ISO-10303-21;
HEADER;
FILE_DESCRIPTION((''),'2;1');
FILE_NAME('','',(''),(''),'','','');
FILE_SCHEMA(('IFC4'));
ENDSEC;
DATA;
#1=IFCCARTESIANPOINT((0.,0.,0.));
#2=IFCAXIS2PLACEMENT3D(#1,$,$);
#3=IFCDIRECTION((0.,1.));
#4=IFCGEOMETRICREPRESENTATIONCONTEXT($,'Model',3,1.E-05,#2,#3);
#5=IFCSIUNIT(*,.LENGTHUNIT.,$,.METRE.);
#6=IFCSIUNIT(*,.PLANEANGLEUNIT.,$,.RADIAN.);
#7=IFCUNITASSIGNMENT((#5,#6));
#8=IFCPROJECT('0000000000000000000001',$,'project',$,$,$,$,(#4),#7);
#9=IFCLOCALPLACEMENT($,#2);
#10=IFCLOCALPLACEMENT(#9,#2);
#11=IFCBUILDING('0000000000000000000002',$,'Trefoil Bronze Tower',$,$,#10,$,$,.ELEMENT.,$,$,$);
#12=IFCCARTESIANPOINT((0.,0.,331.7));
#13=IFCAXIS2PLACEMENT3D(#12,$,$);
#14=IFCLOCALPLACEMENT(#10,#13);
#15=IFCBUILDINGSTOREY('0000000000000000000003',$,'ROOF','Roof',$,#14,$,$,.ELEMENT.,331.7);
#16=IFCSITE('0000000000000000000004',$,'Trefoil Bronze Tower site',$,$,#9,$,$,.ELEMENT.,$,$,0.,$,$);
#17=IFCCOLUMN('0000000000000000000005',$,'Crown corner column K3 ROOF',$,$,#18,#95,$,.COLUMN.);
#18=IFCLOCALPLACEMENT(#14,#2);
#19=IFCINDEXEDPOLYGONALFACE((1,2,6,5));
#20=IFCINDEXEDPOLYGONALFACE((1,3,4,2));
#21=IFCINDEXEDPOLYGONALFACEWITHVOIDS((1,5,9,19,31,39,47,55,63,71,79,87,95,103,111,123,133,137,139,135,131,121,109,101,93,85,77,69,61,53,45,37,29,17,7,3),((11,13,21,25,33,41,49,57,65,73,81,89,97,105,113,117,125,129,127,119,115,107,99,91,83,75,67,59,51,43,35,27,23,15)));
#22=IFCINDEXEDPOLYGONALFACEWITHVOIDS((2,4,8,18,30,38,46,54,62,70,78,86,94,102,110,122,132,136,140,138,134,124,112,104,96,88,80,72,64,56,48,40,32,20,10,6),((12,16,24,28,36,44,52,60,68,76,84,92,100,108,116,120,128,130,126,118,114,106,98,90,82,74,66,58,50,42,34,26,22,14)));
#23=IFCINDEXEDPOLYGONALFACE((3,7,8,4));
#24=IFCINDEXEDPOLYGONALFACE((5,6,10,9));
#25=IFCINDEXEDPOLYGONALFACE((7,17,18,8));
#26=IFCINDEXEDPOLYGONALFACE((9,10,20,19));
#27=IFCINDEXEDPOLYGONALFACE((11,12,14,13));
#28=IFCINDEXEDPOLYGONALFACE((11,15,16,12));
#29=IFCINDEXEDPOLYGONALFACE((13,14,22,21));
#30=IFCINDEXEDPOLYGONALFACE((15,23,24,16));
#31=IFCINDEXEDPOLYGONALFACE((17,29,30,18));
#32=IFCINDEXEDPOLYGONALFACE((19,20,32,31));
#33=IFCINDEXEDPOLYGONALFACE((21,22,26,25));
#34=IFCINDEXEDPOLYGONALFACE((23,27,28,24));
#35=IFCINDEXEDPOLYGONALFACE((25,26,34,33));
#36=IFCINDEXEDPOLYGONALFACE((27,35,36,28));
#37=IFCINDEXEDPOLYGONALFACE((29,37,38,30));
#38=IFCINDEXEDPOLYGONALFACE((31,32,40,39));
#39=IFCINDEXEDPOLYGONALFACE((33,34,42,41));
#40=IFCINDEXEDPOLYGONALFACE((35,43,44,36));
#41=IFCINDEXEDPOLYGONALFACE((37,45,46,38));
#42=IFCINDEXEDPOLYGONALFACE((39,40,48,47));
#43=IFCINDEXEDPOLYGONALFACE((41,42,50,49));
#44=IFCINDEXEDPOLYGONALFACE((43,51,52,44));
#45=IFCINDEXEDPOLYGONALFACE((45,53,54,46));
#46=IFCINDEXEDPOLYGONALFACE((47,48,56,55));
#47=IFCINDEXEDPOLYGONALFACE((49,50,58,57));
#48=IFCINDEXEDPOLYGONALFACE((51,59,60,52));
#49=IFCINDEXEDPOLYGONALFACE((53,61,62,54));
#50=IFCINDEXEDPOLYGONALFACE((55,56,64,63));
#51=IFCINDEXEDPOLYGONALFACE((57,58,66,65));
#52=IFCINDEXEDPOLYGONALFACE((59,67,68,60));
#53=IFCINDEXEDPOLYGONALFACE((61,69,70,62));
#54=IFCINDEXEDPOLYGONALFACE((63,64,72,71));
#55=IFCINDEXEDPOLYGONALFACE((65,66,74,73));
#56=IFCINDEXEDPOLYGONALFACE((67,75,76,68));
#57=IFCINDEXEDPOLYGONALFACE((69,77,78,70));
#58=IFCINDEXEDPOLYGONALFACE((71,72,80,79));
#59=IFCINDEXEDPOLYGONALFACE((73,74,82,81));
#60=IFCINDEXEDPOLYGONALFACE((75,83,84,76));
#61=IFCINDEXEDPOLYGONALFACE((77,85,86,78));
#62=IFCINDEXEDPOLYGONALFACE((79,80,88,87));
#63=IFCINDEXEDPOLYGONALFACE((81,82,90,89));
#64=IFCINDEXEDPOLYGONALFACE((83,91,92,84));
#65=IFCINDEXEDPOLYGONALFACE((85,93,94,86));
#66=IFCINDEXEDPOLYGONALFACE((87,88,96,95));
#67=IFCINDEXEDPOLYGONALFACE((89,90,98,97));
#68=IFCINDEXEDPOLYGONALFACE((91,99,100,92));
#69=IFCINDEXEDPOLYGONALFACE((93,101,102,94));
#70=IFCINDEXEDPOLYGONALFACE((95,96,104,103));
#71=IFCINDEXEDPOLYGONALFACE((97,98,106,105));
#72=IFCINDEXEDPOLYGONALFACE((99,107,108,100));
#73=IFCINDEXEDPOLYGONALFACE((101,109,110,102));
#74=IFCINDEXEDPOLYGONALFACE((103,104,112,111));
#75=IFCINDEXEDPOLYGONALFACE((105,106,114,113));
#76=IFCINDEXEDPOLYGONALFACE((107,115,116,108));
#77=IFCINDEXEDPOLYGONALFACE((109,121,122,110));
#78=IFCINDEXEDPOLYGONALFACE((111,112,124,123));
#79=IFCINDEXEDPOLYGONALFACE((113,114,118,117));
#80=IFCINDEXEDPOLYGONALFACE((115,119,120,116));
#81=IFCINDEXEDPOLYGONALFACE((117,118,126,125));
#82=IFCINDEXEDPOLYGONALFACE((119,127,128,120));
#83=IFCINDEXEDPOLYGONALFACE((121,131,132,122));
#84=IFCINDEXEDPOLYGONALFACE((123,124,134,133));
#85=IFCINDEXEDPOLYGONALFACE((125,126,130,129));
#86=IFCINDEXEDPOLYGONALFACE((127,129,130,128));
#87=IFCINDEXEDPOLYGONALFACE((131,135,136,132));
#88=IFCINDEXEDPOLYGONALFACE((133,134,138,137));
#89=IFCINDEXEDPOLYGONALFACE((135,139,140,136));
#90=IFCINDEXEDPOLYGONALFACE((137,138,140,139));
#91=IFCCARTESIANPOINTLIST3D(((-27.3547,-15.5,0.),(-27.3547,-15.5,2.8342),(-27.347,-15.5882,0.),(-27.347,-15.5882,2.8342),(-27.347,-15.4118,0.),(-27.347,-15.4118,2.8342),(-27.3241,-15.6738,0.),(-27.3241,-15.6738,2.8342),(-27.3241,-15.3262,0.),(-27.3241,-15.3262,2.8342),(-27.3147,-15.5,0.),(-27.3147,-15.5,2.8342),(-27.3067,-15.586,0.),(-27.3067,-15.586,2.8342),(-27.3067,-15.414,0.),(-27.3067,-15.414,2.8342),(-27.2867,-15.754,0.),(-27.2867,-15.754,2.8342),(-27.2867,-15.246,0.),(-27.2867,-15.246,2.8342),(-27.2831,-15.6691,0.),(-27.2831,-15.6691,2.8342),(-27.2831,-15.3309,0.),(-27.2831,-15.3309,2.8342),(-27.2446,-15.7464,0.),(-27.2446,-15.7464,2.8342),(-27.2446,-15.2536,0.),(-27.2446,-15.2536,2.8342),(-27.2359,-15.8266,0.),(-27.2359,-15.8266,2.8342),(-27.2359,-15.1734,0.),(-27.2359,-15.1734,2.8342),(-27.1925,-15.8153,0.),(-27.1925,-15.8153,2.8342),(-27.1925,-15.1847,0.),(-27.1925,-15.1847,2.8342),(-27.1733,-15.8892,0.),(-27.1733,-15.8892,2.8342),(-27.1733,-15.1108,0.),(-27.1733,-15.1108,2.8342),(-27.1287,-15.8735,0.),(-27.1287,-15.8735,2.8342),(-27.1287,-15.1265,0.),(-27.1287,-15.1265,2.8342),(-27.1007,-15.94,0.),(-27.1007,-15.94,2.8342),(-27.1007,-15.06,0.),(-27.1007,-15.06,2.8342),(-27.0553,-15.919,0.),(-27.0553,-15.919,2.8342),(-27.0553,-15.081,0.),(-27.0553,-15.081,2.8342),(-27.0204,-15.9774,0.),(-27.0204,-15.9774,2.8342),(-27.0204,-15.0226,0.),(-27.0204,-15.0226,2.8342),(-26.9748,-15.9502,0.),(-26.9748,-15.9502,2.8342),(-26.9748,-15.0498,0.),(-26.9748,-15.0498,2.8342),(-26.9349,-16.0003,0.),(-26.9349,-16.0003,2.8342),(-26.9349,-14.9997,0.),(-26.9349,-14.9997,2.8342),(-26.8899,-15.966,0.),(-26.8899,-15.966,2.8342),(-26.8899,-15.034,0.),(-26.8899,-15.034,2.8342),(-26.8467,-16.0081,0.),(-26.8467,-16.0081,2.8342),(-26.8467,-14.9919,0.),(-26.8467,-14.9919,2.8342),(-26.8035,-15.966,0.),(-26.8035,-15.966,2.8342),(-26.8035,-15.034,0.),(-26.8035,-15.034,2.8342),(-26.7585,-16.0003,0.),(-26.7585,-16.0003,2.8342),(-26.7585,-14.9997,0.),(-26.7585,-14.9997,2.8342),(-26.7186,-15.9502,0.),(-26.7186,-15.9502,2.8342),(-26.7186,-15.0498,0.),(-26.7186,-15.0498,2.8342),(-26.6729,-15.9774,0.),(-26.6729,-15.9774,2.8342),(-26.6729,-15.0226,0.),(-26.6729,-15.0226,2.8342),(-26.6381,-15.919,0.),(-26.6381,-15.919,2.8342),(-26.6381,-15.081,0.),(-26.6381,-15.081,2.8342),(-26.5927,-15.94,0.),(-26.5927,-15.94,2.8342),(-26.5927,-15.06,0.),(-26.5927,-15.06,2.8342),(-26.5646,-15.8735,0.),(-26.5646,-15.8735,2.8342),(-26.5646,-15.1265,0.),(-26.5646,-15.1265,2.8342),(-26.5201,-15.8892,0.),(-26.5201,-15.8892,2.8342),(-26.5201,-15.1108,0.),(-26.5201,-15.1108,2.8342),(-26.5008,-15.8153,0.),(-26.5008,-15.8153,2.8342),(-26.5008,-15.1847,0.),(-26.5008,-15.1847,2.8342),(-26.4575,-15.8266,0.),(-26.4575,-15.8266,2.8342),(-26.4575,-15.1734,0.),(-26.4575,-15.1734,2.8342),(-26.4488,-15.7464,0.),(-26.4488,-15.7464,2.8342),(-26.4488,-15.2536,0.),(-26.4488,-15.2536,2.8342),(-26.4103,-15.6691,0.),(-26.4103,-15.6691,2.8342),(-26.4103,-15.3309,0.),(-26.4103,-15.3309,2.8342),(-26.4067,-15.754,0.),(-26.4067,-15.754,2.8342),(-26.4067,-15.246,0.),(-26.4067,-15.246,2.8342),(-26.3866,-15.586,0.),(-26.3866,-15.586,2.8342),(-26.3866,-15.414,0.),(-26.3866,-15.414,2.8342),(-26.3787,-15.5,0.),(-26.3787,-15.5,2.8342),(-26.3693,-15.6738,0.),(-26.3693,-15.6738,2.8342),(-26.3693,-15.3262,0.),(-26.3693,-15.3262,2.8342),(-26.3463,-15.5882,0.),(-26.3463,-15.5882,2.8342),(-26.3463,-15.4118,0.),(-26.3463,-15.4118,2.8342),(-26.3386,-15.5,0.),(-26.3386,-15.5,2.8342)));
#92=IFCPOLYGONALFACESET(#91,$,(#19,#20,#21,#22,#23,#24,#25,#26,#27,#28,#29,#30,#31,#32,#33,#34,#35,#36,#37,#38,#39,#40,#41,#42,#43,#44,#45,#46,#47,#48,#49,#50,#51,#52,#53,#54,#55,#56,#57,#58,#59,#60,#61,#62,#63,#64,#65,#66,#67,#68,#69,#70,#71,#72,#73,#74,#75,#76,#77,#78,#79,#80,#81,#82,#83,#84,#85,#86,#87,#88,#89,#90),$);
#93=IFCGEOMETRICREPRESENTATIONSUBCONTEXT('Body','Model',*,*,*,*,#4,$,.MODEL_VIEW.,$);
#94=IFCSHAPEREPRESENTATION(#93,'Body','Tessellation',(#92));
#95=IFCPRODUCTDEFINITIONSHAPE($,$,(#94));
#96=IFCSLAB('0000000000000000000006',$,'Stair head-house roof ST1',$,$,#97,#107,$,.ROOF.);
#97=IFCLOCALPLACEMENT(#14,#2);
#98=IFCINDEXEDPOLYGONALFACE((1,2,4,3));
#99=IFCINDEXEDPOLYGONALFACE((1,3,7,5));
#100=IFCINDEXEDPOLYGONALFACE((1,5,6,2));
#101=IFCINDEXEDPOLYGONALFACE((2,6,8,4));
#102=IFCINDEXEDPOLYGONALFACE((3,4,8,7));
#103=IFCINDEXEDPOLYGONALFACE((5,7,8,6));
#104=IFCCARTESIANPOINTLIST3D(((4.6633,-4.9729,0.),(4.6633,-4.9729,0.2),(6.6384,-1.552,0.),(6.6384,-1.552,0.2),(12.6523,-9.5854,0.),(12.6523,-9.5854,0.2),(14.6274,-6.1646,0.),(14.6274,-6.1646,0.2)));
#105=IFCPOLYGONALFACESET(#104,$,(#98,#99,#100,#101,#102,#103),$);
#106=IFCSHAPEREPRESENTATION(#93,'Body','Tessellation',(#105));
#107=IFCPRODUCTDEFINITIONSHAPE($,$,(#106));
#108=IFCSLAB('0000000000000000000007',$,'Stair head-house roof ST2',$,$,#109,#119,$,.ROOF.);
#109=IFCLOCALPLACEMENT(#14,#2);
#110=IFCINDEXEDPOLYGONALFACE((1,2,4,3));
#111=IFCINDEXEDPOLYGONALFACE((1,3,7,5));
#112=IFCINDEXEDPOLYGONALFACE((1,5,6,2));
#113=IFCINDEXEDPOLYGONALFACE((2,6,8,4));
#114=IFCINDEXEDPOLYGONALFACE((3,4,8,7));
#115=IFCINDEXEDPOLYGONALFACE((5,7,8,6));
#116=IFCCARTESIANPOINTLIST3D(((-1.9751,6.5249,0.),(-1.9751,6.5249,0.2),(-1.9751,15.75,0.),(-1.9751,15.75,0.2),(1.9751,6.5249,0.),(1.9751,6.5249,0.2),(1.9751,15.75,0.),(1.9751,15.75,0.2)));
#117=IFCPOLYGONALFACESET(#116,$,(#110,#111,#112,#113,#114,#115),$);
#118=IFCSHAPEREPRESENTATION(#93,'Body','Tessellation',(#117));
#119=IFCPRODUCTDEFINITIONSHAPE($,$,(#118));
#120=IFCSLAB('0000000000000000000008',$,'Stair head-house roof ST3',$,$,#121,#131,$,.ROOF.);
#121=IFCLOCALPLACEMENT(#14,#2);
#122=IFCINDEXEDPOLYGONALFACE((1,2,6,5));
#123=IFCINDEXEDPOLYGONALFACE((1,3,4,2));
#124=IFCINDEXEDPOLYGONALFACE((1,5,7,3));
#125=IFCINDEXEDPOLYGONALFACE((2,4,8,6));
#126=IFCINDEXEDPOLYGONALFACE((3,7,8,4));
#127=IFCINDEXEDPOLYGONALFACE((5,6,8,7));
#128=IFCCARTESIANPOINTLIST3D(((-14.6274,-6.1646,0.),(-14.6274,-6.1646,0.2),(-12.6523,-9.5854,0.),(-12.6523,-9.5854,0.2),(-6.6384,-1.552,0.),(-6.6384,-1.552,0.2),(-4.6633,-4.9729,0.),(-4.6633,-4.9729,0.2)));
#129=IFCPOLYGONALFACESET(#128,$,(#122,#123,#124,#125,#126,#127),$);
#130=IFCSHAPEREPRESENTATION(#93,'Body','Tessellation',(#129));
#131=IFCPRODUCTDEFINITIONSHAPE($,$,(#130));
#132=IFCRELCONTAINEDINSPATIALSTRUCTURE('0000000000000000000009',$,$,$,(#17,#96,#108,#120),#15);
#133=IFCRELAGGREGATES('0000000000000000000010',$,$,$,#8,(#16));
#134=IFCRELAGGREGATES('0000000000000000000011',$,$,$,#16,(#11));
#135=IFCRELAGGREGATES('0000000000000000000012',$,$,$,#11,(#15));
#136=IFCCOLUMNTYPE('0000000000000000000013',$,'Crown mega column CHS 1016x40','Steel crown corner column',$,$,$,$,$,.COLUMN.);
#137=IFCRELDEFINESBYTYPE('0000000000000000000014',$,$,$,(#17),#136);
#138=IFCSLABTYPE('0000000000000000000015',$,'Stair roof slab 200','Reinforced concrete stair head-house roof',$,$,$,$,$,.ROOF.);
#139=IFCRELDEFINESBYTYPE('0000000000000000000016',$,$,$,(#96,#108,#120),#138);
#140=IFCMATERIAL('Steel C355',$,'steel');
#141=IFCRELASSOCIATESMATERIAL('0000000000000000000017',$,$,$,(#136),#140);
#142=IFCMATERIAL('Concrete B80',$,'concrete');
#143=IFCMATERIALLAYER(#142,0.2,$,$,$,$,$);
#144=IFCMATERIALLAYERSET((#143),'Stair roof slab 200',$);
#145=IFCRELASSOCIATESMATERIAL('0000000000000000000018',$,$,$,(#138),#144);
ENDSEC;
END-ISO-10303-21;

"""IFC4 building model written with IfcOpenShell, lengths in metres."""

from ifc_helpers import new_model, si_unit, direction, frame, origin, origin_2d, place, context, subcontext, project, spatial, polyline, hollow_circle, outline, extrude, material, layer, layer_set, material_profile, profile_set, type_object, element, save


model = new_model("IFC4")

# Units and contexts
model_context = context("Model", 3, precision=1e-05, world=origin(), true_north=direction((0.0, 1.0)))
body_context = subcontext(model_context, "Body", "Model", "MODEL_VIEW")
ifc_project = project(units=[si_unit("LENGTHUNIT", "METRE"), si_unit("PLANEANGLEUNIT", "RADIAN")], contexts=[model_context])

# Site, building, storey
site_placement = place(None, origin())
site = spatial("IfcSite", under=ifc_project, at=site_placement, Name="Trefoil Bronze Tower site", CompositionType="ELEMENT", RefElevation=0.0)
building_placement = place(site_placement, origin())
building = spatial("IfcBuilding", under=site, at=building_placement, Name="Trefoil Bronze Tower", CompositionType="ELEMENT")
storey_placement = place(building_placement, frame((0.0, 0.0, 331.7)))
storey = spatial("IfcBuildingStorey", under=building, at=storey_placement, Name="ROOF", Description="Roof", CompositionType="ELEMENT", Elevation=331.7)

# Column
ifc_material_1 = material(Name="Steel C355", Category="steel")
ifc_material_profile_1 = material_profile(ifc_material_1, hollow_circle(Radius=0.5081, WallThickness=0.04, at=origin_2d()), Name="CHS 1016x40")
ifc_profile_set_1 = profile_set([ifc_material_profile_1], Name="Steel C355")
column_type_1 = type_object("IfcColumnType", Name="Crown mega column CHS 1016x40", Description="Steel crown corner column", PredefinedType="COLUMN", material=ifc_profile_set_1)
column_1_placement = place(storey_placement, frame((-26.8467, -15.5, 0.0), z_axis=(0.0, 0.0, 1.0), x_axis=(1.0, 0.0, 0.0)))
element("IfcColumn", 1, at=column_1_placement, inside=storey, type_object=column_type_1, Name="Crown corner column K3 ROOF", PredefinedType="COLUMN", context=body_context, shape_type="SweptSolid", body=[
    extrude(hollow_circle(Radius=0.5081, WallThickness=0.04, at=origin_2d()), origin(), (0.0, 0.0, 1.0), 2.8342),
])

# Slabs
ifc_material_2 = material(Name="Concrete B80", Category="concrete")
ifc_layer = layer(ifc_material_2, 0.2)
ifc_layer_set = layer_set([ifc_layer], Name="Stair roof slab 200")
slab_type = type_object("IfcSlabType", Name="Stair roof slab 200", Description="Reinforced concrete stair head-house roof", PredefinedType="ROOF", material=ifc_layer_set)
slab_1_placement = place(storey_placement, origin())
element("IfcSlab", 2, at=slab_1_placement, inside=storey, type_object=slab_type, Name="Stair head-house roof ST1", PredefinedType="ROOF", context=body_context, shape_type="SweptSolid", body=[
    extrude(outline(polyline([(4.6633, -4.9729), (12.6523, -9.5854), (14.6274, -6.1646), (6.6384, -1.552), (4.6633, -4.9729)])), origin(), (0.0, 0.0, 1.0), 0.2),
])
slab_2_placement = place(storey_placement, origin())
element("IfcSlab", 3, at=slab_2_placement, inside=storey, type_object=slab_type, Name="Stair head-house roof ST2", PredefinedType="ROOF", context=body_context, shape_type="SweptSolid", body=[
    extrude(outline(polyline([(1.9751, 6.5249), (1.9751, 15.75), (-1.9751, 15.75), (-1.9751, 6.5249), (1.9751, 6.5249)])), origin(), (0.0, 0.0, 1.0), 0.2),
])
slab_3_placement = place(storey_placement, origin())
element("IfcSlab", 4, at=slab_3_placement, inside=storey, type_object=slab_type, Name="Stair head-house roof ST3", PredefinedType="ROOF", context=body_context, shape_type="SweptSolid", body=[
    extrude(outline(polyline([(-6.6384, -1.552), (-14.6274, -6.1646), (-12.6523, -9.5854), (-4.6633, -4.9729), (-6.6384, -1.552)])), origin(), (0.0, 0.0, 1.0), 0.2),
])

save(model, "model.ifc")
